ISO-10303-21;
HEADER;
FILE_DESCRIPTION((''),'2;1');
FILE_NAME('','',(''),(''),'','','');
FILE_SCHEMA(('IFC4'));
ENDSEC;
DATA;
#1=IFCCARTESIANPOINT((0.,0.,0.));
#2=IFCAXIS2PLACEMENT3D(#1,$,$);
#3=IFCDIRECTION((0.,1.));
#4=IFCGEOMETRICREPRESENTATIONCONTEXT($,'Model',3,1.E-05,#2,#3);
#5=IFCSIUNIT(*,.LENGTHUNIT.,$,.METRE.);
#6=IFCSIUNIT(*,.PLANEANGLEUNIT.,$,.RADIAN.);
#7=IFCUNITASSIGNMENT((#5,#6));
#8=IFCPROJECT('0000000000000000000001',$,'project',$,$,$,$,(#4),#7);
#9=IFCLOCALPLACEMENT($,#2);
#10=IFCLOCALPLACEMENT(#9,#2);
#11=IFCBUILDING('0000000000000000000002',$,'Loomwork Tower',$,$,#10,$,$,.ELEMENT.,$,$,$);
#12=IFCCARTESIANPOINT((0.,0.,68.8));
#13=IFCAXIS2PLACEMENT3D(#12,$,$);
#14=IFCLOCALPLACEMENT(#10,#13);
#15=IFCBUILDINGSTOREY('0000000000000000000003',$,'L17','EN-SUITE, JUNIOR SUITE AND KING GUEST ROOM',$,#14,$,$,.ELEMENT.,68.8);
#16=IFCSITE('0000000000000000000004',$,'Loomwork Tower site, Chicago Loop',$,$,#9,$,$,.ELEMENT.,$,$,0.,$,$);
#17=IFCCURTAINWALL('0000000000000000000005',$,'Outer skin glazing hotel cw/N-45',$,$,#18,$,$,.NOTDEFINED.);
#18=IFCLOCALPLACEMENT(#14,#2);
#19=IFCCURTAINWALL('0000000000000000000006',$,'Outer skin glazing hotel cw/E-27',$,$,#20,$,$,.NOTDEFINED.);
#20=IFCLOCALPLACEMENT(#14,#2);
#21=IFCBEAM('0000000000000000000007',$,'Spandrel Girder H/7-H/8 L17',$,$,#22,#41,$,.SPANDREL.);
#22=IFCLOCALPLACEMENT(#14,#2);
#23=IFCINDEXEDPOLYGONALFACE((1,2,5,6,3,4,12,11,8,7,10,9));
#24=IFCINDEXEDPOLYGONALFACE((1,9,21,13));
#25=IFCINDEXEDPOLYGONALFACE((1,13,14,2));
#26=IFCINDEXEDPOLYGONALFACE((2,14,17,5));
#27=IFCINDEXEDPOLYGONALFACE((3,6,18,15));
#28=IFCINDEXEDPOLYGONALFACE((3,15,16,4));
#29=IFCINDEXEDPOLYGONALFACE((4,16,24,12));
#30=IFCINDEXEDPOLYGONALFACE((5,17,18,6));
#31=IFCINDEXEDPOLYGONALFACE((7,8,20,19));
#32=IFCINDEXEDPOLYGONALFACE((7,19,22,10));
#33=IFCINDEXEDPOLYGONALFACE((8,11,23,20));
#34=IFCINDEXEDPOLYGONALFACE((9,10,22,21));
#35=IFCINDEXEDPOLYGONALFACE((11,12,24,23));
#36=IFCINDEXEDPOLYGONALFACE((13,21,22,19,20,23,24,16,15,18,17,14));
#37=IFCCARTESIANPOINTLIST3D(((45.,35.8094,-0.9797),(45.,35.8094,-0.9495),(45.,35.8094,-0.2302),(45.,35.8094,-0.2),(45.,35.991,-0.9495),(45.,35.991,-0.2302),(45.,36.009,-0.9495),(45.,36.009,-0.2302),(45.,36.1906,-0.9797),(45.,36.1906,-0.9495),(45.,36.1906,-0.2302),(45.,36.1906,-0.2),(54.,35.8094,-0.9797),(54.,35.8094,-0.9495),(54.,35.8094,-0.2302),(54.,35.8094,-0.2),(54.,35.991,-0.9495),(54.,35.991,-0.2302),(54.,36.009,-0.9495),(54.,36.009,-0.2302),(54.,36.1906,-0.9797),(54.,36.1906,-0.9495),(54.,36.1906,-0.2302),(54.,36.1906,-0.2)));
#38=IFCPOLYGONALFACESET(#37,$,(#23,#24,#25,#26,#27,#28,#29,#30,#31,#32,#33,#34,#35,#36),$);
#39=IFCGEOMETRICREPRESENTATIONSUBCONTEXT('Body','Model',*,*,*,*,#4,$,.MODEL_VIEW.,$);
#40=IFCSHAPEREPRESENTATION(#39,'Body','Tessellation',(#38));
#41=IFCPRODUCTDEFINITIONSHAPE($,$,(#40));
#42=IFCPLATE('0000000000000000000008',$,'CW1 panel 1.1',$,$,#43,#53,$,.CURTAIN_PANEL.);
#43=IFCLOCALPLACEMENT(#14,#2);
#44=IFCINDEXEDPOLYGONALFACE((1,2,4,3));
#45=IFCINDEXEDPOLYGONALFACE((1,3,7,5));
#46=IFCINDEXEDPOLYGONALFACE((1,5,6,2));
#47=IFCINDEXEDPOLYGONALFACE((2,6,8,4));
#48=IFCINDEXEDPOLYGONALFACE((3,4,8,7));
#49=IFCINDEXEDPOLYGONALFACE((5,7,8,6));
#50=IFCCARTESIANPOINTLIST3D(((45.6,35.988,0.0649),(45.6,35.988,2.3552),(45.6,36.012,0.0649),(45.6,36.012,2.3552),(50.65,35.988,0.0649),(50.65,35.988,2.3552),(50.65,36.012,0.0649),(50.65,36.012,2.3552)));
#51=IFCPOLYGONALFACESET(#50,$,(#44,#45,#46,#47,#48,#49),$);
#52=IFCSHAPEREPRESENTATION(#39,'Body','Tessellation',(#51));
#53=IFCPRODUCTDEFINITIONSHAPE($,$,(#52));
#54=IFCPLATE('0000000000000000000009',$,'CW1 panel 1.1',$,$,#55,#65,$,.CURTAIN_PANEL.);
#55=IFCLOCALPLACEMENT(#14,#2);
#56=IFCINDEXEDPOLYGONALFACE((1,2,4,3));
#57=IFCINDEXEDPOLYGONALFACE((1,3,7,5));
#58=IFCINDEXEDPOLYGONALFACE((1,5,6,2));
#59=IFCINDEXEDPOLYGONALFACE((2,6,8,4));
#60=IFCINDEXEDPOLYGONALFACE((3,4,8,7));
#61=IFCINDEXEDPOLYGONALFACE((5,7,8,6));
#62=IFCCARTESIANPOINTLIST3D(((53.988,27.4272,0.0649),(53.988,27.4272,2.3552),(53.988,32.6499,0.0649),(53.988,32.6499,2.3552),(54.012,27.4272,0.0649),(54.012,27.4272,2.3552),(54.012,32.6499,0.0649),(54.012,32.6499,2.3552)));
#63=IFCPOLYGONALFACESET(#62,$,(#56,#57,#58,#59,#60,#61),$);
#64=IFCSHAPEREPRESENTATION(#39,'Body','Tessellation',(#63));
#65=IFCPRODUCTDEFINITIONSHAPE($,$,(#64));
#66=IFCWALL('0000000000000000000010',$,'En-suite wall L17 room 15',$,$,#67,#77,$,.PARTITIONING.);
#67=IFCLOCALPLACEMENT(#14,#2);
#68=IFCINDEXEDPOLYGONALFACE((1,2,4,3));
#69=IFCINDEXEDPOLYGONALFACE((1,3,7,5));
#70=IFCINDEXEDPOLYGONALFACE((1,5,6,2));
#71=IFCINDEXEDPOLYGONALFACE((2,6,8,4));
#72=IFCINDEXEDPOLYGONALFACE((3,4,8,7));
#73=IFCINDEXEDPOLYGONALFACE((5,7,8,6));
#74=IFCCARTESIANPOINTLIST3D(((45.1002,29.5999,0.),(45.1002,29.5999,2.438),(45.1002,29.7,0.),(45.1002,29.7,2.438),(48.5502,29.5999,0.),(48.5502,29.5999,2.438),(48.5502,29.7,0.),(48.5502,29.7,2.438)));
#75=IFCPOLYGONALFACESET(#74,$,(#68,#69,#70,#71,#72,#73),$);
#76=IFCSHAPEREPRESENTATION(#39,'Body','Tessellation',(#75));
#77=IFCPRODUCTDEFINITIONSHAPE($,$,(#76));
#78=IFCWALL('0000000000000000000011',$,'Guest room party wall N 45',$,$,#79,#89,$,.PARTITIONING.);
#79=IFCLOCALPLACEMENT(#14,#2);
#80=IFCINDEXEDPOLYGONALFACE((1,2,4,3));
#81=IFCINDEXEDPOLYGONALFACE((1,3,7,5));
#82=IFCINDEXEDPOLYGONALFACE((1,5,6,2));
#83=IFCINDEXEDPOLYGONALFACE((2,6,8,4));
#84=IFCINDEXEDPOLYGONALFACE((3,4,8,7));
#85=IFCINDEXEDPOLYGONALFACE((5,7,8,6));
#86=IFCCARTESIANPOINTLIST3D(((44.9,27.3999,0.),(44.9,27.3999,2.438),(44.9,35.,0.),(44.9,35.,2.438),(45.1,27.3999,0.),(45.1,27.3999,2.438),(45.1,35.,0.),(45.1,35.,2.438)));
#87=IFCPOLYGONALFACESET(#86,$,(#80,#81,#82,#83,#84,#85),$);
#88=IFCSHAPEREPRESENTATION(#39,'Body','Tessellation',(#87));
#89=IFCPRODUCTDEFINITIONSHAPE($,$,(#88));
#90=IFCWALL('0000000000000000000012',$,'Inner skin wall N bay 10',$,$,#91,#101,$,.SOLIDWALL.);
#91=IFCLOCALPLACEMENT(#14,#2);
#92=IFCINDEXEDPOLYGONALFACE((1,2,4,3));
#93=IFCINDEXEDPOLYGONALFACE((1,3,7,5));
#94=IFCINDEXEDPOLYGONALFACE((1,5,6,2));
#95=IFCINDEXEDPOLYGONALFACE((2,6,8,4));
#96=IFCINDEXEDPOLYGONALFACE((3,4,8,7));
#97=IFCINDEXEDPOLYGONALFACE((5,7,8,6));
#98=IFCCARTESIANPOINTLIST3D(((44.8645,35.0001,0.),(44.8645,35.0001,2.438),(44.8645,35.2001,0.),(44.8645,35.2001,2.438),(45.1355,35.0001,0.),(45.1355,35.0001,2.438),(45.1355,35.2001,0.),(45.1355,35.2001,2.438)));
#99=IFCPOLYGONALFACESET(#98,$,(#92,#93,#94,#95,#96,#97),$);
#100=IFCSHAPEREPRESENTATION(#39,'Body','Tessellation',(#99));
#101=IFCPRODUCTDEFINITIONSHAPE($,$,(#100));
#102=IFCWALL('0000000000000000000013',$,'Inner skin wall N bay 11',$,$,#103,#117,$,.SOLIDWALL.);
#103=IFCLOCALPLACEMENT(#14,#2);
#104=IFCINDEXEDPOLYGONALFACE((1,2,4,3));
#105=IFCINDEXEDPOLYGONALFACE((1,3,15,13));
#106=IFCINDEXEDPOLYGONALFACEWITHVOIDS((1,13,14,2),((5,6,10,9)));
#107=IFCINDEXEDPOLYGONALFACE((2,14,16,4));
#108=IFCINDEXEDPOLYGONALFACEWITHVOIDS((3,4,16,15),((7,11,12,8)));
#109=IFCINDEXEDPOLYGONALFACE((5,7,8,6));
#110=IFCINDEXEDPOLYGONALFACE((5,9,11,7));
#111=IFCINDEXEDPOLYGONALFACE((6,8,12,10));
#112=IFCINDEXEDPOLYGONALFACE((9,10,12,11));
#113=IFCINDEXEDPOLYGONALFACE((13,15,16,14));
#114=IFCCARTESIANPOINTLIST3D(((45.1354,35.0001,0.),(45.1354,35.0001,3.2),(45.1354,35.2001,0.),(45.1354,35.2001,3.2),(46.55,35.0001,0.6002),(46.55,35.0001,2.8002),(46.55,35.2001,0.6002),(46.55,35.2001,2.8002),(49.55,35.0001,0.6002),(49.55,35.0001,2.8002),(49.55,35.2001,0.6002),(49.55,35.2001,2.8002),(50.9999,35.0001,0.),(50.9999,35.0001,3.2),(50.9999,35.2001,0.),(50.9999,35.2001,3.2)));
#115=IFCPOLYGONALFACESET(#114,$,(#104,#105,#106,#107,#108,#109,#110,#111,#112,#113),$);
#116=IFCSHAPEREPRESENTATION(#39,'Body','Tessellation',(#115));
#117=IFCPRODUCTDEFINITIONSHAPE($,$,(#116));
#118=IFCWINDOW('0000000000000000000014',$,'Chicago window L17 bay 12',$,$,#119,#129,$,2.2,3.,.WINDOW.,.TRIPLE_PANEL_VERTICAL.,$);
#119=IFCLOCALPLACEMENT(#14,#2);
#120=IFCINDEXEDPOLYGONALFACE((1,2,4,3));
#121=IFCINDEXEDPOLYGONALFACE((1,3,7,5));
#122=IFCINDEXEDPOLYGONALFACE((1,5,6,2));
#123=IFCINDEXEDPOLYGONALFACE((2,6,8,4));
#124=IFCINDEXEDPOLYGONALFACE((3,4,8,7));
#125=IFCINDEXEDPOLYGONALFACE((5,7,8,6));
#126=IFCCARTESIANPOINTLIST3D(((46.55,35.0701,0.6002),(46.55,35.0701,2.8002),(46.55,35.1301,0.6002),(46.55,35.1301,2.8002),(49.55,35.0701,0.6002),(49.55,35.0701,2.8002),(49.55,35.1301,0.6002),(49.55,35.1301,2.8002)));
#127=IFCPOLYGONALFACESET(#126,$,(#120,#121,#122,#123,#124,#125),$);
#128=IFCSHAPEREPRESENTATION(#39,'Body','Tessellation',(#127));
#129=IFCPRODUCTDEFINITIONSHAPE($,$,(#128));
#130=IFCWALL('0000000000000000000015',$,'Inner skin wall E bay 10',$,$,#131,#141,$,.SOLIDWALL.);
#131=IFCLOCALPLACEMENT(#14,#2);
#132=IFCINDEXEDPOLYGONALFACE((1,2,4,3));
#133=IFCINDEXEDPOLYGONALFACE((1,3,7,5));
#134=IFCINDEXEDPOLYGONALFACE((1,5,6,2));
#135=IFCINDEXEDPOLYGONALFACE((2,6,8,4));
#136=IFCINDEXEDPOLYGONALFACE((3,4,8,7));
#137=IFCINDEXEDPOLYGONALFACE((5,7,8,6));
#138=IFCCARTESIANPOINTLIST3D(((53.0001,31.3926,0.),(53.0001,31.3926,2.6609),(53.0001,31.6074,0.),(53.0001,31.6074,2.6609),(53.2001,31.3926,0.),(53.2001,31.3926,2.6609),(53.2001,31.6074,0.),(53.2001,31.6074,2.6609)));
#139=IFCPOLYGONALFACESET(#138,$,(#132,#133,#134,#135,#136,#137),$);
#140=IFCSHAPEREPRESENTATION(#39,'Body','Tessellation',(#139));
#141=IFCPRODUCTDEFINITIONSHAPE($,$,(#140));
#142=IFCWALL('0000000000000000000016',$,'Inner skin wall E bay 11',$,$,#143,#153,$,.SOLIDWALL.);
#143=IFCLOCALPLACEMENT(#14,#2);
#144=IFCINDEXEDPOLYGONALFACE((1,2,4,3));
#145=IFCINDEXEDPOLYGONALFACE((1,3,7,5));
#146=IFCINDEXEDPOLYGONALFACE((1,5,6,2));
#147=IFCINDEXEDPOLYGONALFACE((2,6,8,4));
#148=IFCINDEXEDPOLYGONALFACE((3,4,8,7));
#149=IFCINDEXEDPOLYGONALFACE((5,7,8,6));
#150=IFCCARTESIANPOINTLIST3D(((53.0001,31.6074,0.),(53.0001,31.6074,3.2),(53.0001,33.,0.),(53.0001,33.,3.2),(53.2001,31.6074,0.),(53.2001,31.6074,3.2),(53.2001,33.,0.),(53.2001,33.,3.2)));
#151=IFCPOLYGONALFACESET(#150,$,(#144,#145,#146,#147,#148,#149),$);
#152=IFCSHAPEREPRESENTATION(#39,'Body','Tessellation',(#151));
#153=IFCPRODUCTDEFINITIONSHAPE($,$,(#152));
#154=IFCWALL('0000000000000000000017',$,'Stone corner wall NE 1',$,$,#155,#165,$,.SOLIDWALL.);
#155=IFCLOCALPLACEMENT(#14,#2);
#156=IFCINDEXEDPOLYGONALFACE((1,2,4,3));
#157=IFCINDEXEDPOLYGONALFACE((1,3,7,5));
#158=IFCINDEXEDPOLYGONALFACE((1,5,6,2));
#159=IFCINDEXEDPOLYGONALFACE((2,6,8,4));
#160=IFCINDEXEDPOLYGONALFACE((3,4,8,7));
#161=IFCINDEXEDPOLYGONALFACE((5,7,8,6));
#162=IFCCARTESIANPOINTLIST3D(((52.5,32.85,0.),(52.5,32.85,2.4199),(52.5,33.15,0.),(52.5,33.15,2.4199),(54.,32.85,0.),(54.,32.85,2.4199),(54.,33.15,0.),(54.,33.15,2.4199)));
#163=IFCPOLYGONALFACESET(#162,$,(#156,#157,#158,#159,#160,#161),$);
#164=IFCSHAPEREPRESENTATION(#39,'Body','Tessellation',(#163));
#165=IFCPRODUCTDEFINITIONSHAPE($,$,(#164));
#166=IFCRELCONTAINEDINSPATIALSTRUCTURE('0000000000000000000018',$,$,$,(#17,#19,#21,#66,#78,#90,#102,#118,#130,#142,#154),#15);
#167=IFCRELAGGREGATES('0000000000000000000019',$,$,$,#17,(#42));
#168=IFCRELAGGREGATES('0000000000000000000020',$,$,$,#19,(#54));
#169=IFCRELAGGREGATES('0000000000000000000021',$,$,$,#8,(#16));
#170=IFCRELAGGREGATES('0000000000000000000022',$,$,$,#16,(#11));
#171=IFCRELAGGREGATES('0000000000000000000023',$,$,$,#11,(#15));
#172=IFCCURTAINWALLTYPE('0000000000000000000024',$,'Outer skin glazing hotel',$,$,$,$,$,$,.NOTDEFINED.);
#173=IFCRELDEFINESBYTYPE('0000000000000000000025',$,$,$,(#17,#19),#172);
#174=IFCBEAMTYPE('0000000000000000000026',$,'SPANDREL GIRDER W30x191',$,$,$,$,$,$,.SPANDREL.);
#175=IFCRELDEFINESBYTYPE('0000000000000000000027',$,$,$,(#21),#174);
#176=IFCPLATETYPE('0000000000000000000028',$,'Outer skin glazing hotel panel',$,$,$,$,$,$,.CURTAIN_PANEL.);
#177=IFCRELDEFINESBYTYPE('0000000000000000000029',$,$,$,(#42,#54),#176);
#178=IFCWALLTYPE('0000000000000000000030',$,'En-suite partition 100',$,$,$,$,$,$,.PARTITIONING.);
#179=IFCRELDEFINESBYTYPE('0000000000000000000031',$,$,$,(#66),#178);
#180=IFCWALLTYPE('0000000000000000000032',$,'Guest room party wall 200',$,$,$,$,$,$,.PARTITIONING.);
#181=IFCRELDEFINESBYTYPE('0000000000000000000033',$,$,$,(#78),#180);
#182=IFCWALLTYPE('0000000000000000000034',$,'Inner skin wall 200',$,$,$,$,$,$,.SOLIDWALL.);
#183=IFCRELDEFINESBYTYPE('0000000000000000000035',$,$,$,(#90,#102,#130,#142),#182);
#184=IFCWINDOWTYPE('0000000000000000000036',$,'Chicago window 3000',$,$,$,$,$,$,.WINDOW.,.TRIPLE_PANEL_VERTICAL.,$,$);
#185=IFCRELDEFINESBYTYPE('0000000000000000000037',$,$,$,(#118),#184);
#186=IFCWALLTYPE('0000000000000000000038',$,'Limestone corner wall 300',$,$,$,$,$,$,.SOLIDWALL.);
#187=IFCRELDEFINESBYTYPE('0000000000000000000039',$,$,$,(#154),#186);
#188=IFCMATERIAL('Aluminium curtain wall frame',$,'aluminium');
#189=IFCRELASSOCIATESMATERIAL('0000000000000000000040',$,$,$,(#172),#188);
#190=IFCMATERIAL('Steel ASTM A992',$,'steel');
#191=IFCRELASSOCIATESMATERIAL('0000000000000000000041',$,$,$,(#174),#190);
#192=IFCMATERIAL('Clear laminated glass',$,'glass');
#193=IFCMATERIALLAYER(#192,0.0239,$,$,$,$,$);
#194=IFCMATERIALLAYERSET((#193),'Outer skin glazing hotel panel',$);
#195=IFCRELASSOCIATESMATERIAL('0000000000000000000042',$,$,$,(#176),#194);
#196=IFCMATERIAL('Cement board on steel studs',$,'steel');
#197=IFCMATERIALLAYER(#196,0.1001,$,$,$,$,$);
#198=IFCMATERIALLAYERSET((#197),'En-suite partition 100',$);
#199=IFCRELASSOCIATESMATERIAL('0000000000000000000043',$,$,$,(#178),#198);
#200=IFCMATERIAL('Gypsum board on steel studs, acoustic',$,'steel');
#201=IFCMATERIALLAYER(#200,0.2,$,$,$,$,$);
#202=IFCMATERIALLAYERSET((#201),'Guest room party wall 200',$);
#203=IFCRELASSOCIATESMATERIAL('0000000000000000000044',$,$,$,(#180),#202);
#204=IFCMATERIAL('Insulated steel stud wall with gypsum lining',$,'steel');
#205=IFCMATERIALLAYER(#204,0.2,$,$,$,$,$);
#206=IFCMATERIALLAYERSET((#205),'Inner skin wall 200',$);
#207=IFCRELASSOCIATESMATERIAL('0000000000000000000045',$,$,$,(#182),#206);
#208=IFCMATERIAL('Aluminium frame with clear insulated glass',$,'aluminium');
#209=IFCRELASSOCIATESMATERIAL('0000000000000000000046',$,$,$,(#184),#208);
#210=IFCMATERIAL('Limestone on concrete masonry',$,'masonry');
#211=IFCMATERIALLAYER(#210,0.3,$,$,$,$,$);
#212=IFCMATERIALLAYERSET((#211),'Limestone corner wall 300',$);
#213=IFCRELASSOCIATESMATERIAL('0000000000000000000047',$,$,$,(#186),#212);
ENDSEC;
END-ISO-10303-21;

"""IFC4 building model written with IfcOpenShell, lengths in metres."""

from ifc_helpers import new_model, si_unit, direction, frame, frame_2d, origin, origin_2d, place, context, subcontext, project, spatial, rectangle, i_section, extrude, material, layer, layer_set, material_profile, profile_set, type_object, element, fill, aggregate, save


model = new_model("IFC4")

# Units and contexts
model_context = context("Model", 3, precision=1e-05, world=origin(), true_north=direction((0.0, 1.0)))
body_context = subcontext(model_context, "Body", "Model", "MODEL_VIEW")
ifc_project = project(units=[si_unit("LENGTHUNIT", "METRE"), si_unit("PLANEANGLEUNIT", "RADIAN")], contexts=[model_context])

# Site, building, storey
site_placement = place(None, origin())
site = spatial("IfcSite", under=ifc_project, at=site_placement, Name="Loomwork Tower site, Chicago Loop", CompositionType="ELEMENT", RefElevation=0.0)
building_placement = place(site_placement, origin())
building = spatial("IfcBuilding", under=site, at=building_placement, Name="Loomwork Tower", CompositionType="ELEMENT")
storey_placement = place(building_placement, frame((0.0, 0.0, 68.8)))
storey = spatial("IfcBuildingStorey", under=building, at=storey_placement, Name="L17", Description="EN-SUITE, JUNIOR SUITE AND KING GUEST ROOM", CompositionType="ELEMENT", Elevation=68.8)

# Shared definitions
ifc_material_1 = material(Name="Aluminium curtain wall frame", Category="aluminium")
curtain_wall_type = type_object("IfcCurtainWallType", Name="Outer skin glazing hotel", PredefinedType="NOTDEFINED", material=ifc_material_1)

# Curtain walls
curtain_wall_1_placement = place(storey_placement, origin())
curtain_wall_1 = element("IfcCurtainWall", 1, at=curtain_wall_1_placement, inside=storey, type_object=curtain_wall_type, Name="Outer skin glazing hotel cw/N-45", PredefinedType="NOTDEFINED")
curtain_wall_2_placement = place(storey_placement, origin())
curtain_wall_2 = element("IfcCurtainWall", 2, at=curtain_wall_2_placement, inside=storey, type_object=curtain_wall_type, Name="Outer skin glazing hotel cw/E-27", PredefinedType="NOTDEFINED")

# Beam
ifc_material_2 = material(Name="Steel ASTM A992", Category="steel")
ifc_material_profile_1 = material_profile(ifc_material_2, i_section(OverallWidth=0.3811, OverallDepth=0.7798, WebThickness=0.0181, FlangeThickness=0.0303, at=origin_2d()), Name="W30x191")
ifc_profile_set_1 = profile_set([ifc_material_profile_1], Name="Steel ASTM A992")
beam_type_1 = type_object("IfcBeamType", Name="SPANDREL GIRDER W30x191", PredefinedType="SPANDREL", material=ifc_profile_set_1)
beam_1_placement = place(storey_placement, frame((45.0, 36.0, -0.5898), z_axis=(1.0, 0.0, 0.0), x_axis=(0.0, 1.0, 0.0)))
element("IfcBeam", 3, at=beam_1_placement, inside=storey, type_object=beam_type_1, Name="Spandrel Girder H/7-H/8 L17", PredefinedType="SPANDREL", context=body_context, shape_type="SweptSolid", body=[
    extrude(i_section(OverallWidth=0.3811, OverallDepth=0.7798, WebThickness=0.0181, FlangeThickness=0.0303, at=origin_2d()), origin(), (0.0, 0.0, 1.0), 9.0),
])

# Plates
ifc_material_3 = material(Name="Clear laminated glass", Category="glass")
ifc_layer_1 = layer(ifc_material_3, 0.0239)
ifc_layer_set_1 = layer_set([ifc_layer_1], Name="Outer skin glazing hotel panel")
plate_type = type_object("IfcPlateType", Name="Outer skin glazing hotel panel", PredefinedType="CURTAIN_PANEL", material=ifc_layer_set_1)
plate_1_placement = place(storey_placement, frame((48.125, 36.0, 0.0649), z_axis=(0.0, 0.0, 1.0), x_axis=(-1.0, 0.0, 0.0)))
plate_1 = element("IfcPlate", 4, at=plate_1_placement, type_object=plate_type, Name="CW1 panel 1.1", PredefinedType="CURTAIN_PANEL", context=body_context, shape_type="SweptSolid", body=[
    extrude(rectangle(XDim=5.05, YDim=0.0239, at=origin_2d()), origin(), (0.0, 0.0, 1.0), 2.2903),
])
aggregate(curtain_wall_1, [plate_1])
plate_2_placement = place(storey_placement, frame((54.0, 30.0386, 0.0649), z_axis=(0.0, 0.0, 1.0), x_axis=(0.0, 1.0, 0.0)))
plate_2 = element("IfcPlate", 5, at=plate_2_placement, type_object=plate_type, Name="CW1 panel 1.1", PredefinedType="CURTAIN_PANEL", context=body_context, shape_type="SweptSolid", body=[
    extrude(rectangle(XDim=5.2227, YDim=0.0239, at=origin_2d()), origin(), (0.0, 0.0, 1.0), 2.2903),
])
aggregate(curtain_wall_2, [plate_2])

# Walls
ifc_material_4 = material(Name="Cement board on steel studs", Category="steel")
ifc_layer_2 = layer(ifc_material_4, 0.1001)
ifc_layer_set_2 = layer_set([ifc_layer_2], Name="En-suite partition 100")
wall_type_1 = type_object("IfcWallType", Name="En-suite partition 100", PredefinedType="PARTITIONING", material=ifc_layer_set_2)
wall_1_placement = place(storey_placement, frame((45.1001, 29.6499, 0.0), z_axis=(0.0, 0.0, 1.0), x_axis=(1.0, 0.0, 0.0)))
element("IfcWall", 6, at=wall_1_placement, inside=storey, type_object=wall_type_1, Name="En-suite wall L17 room 15", PredefinedType="PARTITIONING", context=body_context, shape_type="SweptSolid", body=[
    extrude(rectangle(XDim=3.45, YDim=0.1001, at=frame_2d((1.7251, 0.0))), origin(), (0.0, 0.0, 1.0), 2.438),
])
ifc_material_5 = material(Name="Gypsum board on steel studs, acoustic", Category="steel")
ifc_layer_3 = layer(ifc_material_5, 0.2)
ifc_layer_set_3 = layer_set([ifc_layer_3], Name="Guest room party wall 200")
wall_type_2 = type_object("IfcWallType", Name="Guest room party wall 200", PredefinedType="PARTITIONING", material=ifc_layer_set_3)
wall_2_placement = place(storey_placement, frame((45.0, 27.3999, 0.0), z_axis=(0.0, 0.0, 1.0), x_axis=(0.0, 1.0, 0.0)))
element("IfcWall", 7, at=wall_2_placement, inside=storey, type_object=wall_type_2, Name="Guest room party wall N 45", PredefinedType="PARTITIONING", context=body_context, shape_type="SweptSolid", body=[
    extrude(rectangle(XDim=7.6001, YDim=0.2, at=frame_2d((3.8, 0.0))), origin(), (0.0, 0.0, 1.0), 2.438),
])
ifc_material_6 = material(Name="Insulated steel stud wall with gypsum lining", Category="steel")
ifc_layer_4 = layer(ifc_material_6, 0.2)
ifc_layer_set_4 = layer_set([ifc_layer_4], Name="Inner skin wall 200")
wall_type_3 = type_object("IfcWallType", Name="Inner skin wall 200", PredefinedType="SOLIDWALL", material=ifc_layer_set_4)
wall_3_placement = place(storey_placement, frame((44.8645, 35.1001, 0.0), z_axis=(0.0, 0.0, 1.0), x_axis=(1.0, 0.0, 0.0)))
element("IfcWall", 8, at=wall_3_placement, inside=storey, type_object=wall_type_3, Name="Inner skin wall N bay 10", PredefinedType="SOLIDWALL", context=body_context, shape_type="SweptSolid", body=[
    extrude(rectangle(XDim=0.271, YDim=0.2, at=frame_2d((0.1355, 0.0))), origin(), (0.0, 0.0, 1.0), 2.438),
])

# Wall, opening, window
wall_4_placement = place(storey_placement, frame((45.1355, 35.1001, 0.0), z_axis=(0.0, 0.0, 1.0), x_axis=(1.0, 0.0, 0.0)))
wall_4 = element("IfcWall", 9, at=wall_4_placement, inside=storey, type_object=wall_type_3, Name="Inner skin wall N bay 11", PredefinedType="SOLIDWALL", context=body_context, shape_type="SweptSolid", body=[
    extrude(rectangle(XDim=5.8645, YDim=0.2, at=frame_2d((2.9321, 0.0))), origin(), (0.0, 0.0, 1.0), 3.2),
])
opening_1_placement = place(wall_4_placement, frame((1.4146, 0.0, 0.6001)))
opening_1 = element("IfcOpeningElement", 10, at=opening_1_placement, cuts=wall_4, PredefinedType="OPENING", context=body_context, shape_type="SweptSolid", body=[
    extrude(rectangle(XDim=3.0, YDim=2.2, at=frame_2d((1.5, 1.1001))), frame((0.0, 0.1099, 0.0), z_axis=(0.0, -1.0, 0.0), x_axis=(1.0, 0.0, 0.0)), (0.0, 0.0, 1.0), 0.22),
])
ifc_material_7 = material(Name="Aluminium frame with clear insulated glass", Category="aluminium")
window_type_1 = type_object("IfcWindowType", Name="Chicago window 3000", PartitioningType="TRIPLE_PANEL_VERTICAL", PredefinedType="WINDOW", material=ifc_material_7)
window_1_placement = place(opening_1_placement, origin())
window_1 = element("IfcWindow", 11, at=window_1_placement, inside=storey, type_object=window_type_1, Name="Chicago window L17 bay 12", OverallHeight=2.2, OverallWidth=3.0, PartitioningType="TRIPLE_PANEL_VERTICAL", PredefinedType="WINDOW", context=body_context, shape_type="SweptSolid", body=[
    extrude(rectangle(XDim=3.0, YDim=2.2, at=frame_2d((1.5, 1.1001))), frame((0.0, 0.03, 0.0), z_axis=(0.0, -1.0, 0.0), x_axis=(1.0, 0.0, 0.0)), (0.0, 0.0, 1.0), 0.0601),
])
fill(opening_1, window_1)

# Walls
wall_5_placement = place(storey_placement, frame((53.1001, 31.3926, 0.0), z_axis=(0.0, 0.0, 1.0), x_axis=(0.0, 1.0, 0.0)))
element("IfcWall", 12, at=wall_5_placement, inside=storey, type_object=wall_type_3, Name="Inner skin wall E bay 10", PredefinedType="SOLIDWALL", context=body_context, shape_type="SweptSolid", body=[
    extrude(rectangle(XDim=0.2148, YDim=0.2, at=frame_2d((0.1074, 0.0))), origin(), (0.0, 0.0, 1.0), 2.6609),
])
wall_6_placement = place(storey_placement, frame((53.1001, 31.6074, 0.0), z_axis=(0.0, 0.0, 1.0), x_axis=(0.0, 1.0, 0.0)))
element("IfcWall", 13, at=wall_6_placement, inside=storey, type_object=wall_type_3, Name="Inner skin wall E bay 11", PredefinedType="SOLIDWALL", context=body_context, shape_type="SweptSolid", body=[
    extrude(rectangle(XDim=1.3926, YDim=0.2, at=frame_2d((0.6963, 0.0))), origin(), (0.0, 0.0, 1.0), 3.2),
])
ifc_material_8 = material(Name="Limestone on concrete masonry", Category="masonry")
ifc_layer_5 = layer(ifc_material_8, 0.3)
ifc_layer_set_5 = layer_set([ifc_layer_5], Name="Limestone corner wall 300")
wall_type_4 = type_object("IfcWallType", Name="Limestone corner wall 300", PredefinedType="SOLIDWALL", material=ifc_layer_set_5)
wall_7_placement = place(storey_placement, frame((54.0, 33.0, 0.0), z_axis=(0.0, 0.0, 1.0), x_axis=(-1.0, 0.0, 0.0)))
element("IfcWall", 14, at=wall_7_placement, inside=storey, type_object=wall_type_4, Name="Stone corner wall NE 1", PredefinedType="SOLIDWALL", context=body_context, shape_type="SweptSolid", body=[
    extrude(rectangle(XDim=1.5, YDim=0.3, at=frame_2d((0.75, 0.0))), origin(), (0.0, 0.0, 1.0), 2.4199),
])

save(model, "model.ifc")
